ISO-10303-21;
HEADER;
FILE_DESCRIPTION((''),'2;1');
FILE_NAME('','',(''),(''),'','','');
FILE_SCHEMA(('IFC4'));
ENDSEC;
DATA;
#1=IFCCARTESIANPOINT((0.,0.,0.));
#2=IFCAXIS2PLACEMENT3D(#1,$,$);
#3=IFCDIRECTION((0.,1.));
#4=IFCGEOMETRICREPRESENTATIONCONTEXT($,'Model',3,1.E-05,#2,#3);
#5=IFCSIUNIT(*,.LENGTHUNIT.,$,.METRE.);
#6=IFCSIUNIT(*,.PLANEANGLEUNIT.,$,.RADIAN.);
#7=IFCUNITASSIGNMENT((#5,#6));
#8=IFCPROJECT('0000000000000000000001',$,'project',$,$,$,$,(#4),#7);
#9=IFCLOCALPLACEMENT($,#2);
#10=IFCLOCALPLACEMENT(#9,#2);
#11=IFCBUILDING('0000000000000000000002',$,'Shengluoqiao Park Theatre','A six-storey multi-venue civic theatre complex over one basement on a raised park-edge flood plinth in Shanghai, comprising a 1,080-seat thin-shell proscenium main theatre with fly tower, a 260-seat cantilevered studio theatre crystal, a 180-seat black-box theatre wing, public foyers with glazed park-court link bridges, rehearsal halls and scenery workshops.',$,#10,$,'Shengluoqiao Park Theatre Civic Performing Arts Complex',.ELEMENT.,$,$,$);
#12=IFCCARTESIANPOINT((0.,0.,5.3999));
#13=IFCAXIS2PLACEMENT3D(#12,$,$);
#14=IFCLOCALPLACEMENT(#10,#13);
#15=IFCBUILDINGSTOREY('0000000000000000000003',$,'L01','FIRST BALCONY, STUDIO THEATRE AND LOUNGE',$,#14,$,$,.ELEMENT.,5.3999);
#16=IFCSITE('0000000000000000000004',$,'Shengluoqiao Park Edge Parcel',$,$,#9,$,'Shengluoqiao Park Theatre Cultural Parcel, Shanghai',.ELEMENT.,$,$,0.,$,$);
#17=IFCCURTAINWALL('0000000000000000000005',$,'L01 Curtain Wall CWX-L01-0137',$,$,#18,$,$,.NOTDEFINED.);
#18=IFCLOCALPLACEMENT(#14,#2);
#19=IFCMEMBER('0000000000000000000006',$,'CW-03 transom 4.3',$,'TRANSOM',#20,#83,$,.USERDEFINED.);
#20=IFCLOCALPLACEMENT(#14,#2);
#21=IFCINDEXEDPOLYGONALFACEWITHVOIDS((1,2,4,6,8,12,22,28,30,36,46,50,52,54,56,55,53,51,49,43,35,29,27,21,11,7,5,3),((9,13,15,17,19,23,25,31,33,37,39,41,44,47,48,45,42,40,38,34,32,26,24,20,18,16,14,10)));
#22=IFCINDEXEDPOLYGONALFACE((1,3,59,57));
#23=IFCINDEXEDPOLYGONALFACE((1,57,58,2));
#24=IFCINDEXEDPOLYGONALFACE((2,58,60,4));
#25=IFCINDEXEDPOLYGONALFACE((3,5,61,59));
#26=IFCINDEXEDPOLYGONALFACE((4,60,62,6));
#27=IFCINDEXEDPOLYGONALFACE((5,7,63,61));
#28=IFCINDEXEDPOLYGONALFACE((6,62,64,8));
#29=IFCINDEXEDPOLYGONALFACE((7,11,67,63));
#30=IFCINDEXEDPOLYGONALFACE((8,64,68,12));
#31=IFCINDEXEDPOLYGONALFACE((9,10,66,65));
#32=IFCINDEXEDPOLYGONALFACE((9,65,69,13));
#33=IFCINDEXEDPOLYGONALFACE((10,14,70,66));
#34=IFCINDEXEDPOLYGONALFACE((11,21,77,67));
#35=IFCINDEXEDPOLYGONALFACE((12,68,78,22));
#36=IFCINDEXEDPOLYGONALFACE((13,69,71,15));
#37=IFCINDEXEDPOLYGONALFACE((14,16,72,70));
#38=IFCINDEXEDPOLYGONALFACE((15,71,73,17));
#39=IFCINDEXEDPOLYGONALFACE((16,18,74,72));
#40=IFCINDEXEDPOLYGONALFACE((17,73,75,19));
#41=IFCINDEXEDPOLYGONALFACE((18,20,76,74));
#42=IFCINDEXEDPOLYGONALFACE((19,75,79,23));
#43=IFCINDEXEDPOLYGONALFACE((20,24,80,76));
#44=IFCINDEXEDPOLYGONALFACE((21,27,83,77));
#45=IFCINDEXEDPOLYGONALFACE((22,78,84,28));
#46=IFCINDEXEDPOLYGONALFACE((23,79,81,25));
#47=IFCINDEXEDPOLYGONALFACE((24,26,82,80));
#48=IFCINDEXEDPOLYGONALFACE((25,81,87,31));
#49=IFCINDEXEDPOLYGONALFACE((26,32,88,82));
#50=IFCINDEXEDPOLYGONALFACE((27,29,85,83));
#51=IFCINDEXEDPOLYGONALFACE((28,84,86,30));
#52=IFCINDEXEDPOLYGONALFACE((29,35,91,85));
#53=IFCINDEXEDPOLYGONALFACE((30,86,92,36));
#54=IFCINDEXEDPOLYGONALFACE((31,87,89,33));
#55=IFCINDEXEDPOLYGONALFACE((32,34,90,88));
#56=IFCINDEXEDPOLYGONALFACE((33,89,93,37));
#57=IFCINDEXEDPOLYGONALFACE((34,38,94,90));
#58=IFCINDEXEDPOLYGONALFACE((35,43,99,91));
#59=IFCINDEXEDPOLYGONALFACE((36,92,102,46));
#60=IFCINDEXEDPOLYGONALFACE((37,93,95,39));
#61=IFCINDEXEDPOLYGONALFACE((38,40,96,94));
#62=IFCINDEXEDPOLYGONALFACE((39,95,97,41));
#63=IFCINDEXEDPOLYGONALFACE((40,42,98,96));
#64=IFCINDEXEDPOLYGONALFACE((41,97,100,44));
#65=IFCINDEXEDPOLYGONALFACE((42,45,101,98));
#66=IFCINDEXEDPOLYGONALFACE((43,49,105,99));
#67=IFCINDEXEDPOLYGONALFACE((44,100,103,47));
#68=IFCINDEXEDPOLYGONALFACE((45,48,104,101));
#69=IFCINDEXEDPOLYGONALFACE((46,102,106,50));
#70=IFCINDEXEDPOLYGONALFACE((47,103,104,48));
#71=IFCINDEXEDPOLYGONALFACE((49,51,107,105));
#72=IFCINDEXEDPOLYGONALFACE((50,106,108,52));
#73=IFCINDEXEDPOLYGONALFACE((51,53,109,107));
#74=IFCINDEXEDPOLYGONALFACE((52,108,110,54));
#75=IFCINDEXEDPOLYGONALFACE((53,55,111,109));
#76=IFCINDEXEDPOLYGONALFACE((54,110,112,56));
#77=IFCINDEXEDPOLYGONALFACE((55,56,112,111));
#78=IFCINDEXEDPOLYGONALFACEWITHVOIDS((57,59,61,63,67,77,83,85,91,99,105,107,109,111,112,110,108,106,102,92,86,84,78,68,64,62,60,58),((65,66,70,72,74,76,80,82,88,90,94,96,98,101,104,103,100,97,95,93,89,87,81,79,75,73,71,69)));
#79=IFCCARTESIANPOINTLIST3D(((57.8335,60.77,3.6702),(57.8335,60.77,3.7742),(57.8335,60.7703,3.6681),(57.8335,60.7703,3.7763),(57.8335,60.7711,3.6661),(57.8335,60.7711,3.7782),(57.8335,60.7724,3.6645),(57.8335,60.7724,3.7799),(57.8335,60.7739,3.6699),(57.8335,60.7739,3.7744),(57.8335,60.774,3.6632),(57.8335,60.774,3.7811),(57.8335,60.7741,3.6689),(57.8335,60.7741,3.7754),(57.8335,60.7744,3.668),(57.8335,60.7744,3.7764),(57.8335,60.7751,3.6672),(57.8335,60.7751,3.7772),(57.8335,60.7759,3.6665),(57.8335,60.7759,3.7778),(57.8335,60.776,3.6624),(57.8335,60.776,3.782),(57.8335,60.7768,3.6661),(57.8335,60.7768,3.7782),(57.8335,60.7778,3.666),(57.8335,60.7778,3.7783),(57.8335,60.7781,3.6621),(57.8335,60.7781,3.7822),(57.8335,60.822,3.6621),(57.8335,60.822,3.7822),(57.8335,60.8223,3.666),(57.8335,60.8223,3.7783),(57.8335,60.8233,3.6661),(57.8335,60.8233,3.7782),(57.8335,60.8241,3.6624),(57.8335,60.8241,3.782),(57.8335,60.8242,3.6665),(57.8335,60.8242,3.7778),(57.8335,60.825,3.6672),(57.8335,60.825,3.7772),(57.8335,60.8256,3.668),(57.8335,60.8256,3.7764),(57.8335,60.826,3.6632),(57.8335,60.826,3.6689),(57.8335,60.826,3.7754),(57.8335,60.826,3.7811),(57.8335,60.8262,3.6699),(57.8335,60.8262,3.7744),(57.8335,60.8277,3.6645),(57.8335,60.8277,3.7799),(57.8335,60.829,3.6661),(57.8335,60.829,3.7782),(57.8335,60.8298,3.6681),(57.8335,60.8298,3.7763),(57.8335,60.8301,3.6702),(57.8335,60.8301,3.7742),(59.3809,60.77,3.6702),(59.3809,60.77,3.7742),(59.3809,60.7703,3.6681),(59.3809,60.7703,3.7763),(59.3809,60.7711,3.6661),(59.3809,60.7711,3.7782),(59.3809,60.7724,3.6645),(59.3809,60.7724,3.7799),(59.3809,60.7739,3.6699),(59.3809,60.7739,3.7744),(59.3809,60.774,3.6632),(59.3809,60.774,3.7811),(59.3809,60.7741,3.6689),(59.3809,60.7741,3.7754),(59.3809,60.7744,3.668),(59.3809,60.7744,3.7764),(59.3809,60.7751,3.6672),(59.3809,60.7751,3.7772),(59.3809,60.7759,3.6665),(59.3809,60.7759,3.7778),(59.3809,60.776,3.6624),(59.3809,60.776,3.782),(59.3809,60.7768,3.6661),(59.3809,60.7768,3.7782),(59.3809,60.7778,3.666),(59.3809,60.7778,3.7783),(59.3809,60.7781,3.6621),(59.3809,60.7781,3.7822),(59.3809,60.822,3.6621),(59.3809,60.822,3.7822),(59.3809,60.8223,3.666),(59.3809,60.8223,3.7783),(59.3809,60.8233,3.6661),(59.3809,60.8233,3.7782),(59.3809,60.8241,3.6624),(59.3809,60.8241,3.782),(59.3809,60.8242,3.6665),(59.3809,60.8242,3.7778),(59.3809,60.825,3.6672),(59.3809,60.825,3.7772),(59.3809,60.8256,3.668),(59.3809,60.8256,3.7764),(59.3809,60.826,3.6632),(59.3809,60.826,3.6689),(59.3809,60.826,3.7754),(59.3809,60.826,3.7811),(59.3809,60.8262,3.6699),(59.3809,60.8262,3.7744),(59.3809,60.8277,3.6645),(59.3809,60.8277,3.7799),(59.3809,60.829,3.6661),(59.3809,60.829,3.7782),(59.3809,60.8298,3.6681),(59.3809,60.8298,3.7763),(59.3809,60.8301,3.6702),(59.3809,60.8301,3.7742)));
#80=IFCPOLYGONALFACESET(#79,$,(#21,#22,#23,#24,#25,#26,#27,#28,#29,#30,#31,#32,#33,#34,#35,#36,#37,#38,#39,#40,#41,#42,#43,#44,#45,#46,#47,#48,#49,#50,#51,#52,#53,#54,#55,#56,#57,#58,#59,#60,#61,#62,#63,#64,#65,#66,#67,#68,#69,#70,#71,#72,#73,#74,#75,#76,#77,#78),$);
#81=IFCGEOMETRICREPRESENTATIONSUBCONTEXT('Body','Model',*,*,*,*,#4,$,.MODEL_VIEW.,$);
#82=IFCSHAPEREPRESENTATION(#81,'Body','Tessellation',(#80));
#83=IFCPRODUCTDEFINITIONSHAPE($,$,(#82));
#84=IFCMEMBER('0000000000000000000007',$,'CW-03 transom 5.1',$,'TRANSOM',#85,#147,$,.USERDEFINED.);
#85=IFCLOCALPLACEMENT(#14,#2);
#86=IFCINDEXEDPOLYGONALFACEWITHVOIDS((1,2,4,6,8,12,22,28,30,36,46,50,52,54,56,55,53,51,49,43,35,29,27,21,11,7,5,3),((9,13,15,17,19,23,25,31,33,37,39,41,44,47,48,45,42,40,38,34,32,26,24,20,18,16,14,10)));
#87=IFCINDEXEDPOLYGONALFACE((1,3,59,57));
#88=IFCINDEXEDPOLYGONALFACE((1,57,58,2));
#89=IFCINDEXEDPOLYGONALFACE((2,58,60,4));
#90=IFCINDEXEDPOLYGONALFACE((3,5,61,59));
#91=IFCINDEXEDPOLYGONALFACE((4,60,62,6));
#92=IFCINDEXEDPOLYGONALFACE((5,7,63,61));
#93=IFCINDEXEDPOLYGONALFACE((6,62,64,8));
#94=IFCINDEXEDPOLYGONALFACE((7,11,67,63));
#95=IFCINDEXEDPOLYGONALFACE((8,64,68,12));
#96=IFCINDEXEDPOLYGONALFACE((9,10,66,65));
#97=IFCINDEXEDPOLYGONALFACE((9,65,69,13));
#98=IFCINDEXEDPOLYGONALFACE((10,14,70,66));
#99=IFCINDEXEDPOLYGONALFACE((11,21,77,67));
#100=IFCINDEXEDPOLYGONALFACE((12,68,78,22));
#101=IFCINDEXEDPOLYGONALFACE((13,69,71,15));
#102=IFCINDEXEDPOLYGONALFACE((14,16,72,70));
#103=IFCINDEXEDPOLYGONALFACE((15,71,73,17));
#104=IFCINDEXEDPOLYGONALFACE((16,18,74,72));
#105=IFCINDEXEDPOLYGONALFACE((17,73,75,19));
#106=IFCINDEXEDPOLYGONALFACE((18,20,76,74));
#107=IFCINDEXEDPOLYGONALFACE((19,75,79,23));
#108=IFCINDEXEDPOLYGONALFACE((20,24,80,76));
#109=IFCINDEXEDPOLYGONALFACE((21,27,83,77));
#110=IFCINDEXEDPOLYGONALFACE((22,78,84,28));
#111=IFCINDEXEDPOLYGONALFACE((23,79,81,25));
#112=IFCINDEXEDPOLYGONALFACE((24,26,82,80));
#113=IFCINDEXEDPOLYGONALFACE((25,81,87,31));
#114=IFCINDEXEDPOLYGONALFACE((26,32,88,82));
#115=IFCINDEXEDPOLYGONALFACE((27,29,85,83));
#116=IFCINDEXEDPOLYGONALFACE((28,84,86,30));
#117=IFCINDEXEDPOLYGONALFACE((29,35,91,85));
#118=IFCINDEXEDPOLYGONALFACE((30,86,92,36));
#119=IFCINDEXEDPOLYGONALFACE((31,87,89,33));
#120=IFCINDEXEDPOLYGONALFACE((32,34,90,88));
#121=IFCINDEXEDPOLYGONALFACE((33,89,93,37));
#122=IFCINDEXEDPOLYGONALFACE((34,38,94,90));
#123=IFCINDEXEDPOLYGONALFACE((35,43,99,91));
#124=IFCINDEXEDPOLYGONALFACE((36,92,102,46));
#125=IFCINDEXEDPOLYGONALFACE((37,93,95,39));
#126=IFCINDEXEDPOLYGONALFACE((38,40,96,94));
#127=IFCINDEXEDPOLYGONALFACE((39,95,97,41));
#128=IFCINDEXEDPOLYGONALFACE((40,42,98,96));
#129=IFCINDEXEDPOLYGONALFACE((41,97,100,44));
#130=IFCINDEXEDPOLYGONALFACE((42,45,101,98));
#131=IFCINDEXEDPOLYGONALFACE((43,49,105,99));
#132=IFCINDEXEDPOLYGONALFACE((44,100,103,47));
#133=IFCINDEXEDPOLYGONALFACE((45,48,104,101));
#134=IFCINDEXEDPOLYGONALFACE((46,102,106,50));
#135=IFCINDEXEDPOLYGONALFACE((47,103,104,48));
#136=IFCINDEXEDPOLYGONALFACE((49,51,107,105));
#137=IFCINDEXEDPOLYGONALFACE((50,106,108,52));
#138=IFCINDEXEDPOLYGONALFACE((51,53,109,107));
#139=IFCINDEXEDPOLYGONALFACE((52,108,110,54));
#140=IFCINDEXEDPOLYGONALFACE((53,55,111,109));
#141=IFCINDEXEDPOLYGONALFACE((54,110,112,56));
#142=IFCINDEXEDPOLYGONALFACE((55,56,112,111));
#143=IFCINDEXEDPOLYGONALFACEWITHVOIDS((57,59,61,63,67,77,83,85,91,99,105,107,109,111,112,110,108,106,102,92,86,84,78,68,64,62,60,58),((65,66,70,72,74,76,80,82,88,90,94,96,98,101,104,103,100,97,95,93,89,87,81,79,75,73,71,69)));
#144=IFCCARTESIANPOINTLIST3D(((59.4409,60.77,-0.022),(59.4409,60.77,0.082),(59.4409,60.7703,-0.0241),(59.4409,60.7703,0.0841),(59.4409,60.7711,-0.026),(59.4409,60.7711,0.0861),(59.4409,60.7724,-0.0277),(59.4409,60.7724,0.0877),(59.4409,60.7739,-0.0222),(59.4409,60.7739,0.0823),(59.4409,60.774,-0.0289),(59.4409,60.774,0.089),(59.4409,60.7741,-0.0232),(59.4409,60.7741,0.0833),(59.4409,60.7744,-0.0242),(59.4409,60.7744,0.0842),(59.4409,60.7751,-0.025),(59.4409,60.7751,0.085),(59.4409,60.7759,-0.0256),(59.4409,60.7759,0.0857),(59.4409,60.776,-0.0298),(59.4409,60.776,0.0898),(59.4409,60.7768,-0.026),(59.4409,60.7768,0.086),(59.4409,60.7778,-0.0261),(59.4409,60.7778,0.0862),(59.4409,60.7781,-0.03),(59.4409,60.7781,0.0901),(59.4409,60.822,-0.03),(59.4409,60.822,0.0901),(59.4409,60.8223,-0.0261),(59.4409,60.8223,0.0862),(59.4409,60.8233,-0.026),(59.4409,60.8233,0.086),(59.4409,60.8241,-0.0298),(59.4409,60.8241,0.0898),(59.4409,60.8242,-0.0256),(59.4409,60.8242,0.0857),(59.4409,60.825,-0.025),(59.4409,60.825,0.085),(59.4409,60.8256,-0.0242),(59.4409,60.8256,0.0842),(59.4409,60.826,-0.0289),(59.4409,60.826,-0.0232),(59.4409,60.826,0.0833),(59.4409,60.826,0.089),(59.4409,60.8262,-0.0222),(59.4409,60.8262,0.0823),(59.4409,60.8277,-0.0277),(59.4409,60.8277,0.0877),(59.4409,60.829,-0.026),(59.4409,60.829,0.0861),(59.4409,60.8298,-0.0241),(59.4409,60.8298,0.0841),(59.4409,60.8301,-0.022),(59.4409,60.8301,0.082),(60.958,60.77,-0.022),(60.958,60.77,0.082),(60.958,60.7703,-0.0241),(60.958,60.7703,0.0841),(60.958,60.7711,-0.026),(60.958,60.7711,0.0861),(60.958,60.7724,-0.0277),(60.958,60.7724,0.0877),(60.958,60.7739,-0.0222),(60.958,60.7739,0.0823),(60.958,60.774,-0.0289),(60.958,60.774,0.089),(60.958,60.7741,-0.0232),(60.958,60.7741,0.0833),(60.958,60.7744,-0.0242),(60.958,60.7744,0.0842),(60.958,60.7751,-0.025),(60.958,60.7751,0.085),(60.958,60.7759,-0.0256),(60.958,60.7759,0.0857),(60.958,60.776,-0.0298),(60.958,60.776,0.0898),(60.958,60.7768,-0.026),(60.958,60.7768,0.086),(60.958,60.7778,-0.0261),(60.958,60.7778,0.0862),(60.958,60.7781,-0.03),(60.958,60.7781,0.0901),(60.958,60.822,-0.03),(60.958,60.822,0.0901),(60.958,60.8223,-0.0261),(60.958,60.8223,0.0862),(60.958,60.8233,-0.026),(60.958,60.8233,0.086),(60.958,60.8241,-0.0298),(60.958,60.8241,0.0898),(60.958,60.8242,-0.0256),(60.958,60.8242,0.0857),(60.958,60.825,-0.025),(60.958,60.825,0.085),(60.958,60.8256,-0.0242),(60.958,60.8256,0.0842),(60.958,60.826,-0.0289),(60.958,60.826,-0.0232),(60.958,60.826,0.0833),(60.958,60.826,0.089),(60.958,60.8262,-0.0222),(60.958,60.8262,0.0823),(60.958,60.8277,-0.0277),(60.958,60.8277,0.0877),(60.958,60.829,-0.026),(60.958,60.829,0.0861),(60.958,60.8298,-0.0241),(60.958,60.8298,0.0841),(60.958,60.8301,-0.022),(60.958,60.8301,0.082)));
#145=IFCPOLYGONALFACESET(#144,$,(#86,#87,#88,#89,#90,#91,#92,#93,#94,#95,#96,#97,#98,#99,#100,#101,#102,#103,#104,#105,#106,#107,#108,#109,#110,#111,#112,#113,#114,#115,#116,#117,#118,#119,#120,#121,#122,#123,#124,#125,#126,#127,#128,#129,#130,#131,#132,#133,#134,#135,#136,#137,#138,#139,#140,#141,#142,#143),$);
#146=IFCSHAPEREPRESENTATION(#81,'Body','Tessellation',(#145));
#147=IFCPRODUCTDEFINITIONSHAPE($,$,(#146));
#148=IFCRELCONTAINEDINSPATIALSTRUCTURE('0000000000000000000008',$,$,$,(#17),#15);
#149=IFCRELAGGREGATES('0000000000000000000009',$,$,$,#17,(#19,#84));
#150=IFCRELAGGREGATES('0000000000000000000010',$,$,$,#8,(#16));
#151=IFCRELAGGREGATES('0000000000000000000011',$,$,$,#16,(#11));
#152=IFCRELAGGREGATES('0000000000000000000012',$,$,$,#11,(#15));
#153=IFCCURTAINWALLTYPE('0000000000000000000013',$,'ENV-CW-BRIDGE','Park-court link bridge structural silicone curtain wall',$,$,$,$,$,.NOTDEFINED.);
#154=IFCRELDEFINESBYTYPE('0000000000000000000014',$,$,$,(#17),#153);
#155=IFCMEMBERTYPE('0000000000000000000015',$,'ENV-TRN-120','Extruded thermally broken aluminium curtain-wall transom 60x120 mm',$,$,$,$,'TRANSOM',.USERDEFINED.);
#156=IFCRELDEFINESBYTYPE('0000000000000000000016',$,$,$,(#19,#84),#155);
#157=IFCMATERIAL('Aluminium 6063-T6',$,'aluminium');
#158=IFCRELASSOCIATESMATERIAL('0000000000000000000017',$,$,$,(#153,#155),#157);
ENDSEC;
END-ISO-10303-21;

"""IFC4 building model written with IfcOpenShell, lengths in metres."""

from ifc_helpers import new_model, si_unit, direction, frame, origin, origin_2d, place, context, subcontext, project, spatial, hollow_rectangle, extrude, material, material_profile, profile_set, type_object, element, aggregate, save


model = new_model("IFC4")

# Units and contexts
model_context = context("Model", 3, precision=1e-05, world=origin(), true_north=direction((0.0, 1.0)))
body_context = subcontext(model_context, "Body", "Model", "MODEL_VIEW")
ifc_project = project(units=[si_unit("LENGTHUNIT", "METRE"), si_unit("PLANEANGLEUNIT", "RADIAN")], contexts=[model_context])

# Site, building, storey
site_placement = place(None, origin())
site = spatial("IfcSite", under=ifc_project, at=site_placement, Name="Shengluoqiao Park Edge Parcel", LongName="Shengluoqiao Park Theatre Cultural Parcel, Shanghai", CompositionType="ELEMENT", RefElevation=0.0)
building_placement = place(site_placement, origin())
building = spatial("IfcBuilding", under=site, at=building_placement, Name="Shengluoqiao Park Theatre", Description="A six-storey multi-venue civic theatre complex over one basement on a raised park-edge flood plinth in Shanghai, comprising a 1,080-seat thin-shell proscenium main theatre with fly tower, a 260-seat cantilevered studio theatre crystal, a 180-seat black-box theatre wing, public foyers with glazed park-court link bridges, rehearsal halls and scenery workshops.", LongName="Shengluoqiao Park Theatre Civic Performing Arts Complex", CompositionType="ELEMENT")
storey_placement = place(building_placement, frame((0.0, 0.0, 5.3999)))
storey = spatial("IfcBuildingStorey", under=building, at=storey_placement, Name="L01", Description="FIRST BALCONY, STUDIO THEATRE AND LOUNGE", CompositionType="ELEMENT", Elevation=5.3999)

# Curtain wall
ifc_material_1 = material(Name="Aluminium 6063-T6", Category="aluminium")
curtain_wall_type_1 = type_object("IfcCurtainWallType", Name="ENV-CW-BRIDGE", Description="Park-court link bridge structural silicone curtain wall", PredefinedType="NOTDEFINED", material=ifc_material_1)
curtain_wall_1_placement = place(storey_placement, origin())
curtain_wall_1 = element("IfcCurtainWall", 1, at=curtain_wall_1_placement, inside=storey, type_object=curtain_wall_type_1, Name="L01 Curtain Wall CWX-L01-0137", PredefinedType="NOTDEFINED")

# Members
ifc_material_profile_1 = material_profile(ifc_material_1, hollow_rectangle(XDim=0.0601, YDim=0.1201, WallThickness=0.0039, InnerFilletRadius=0.0039, OuterFilletRadius=0.0081, at=origin_2d()), Name="ALU TRANSOM 120x60x4")
ifc_profile_set_1 = profile_set([ifc_material_profile_1], Name="Aluminium 6063-T6")
member_type_1 = type_object("IfcMemberType", Name="ENV-TRN-120", Description="Extruded thermally broken aluminium curtain-wall transom 60x120 mm", ElementType="TRANSOM", PredefinedType="USERDEFINED", material=ifc_profile_set_1)
member_1_placement = place(storey_placement, frame((57.8335, 60.8, 3.7222), z_axis=(1.0, 0.0, 0.0), x_axis=(0.0, 1.0, 0.0)))
member_1 = element("IfcMember", 2, at=member_1_placement, type_object=member_type_1, Name="CW-03 transom 4.3", ObjectType="TRANSOM", PredefinedType="USERDEFINED", context=body_context, shape_type="SweptSolid", body=[
    extrude(hollow_rectangle(XDim=0.0601, YDim=0.1201, WallThickness=0.0039, InnerFilletRadius=0.0039, OuterFilletRadius=0.0081, at=origin_2d()), origin(), (0.0, 0.0, 1.0), 1.5474),
])
member_2_placement = place(storey_placement, frame((59.4409, 60.8, 0.03), z_axis=(1.0, 0.0, 0.0), x_axis=(0.0, 1.0, 0.0)))
member_2 = element("IfcMember", 3, at=member_2_placement, type_object=member_type_1, Name="CW-03 transom 5.1", ObjectType="TRANSOM", PredefinedType="USERDEFINED", context=body_context, shape_type="SweptSolid", body=[
    extrude(hollow_rectangle(XDim=0.0601, YDim=0.1201, WallThickness=0.0039, InnerFilletRadius=0.0039, OuterFilletRadius=0.0081, at=origin_2d()), origin(), (0.0, 0.0, 1.0), 1.5171),
])

aggregate(curtain_wall_1, [member_1, member_2])

save(model, "model.ifc")
